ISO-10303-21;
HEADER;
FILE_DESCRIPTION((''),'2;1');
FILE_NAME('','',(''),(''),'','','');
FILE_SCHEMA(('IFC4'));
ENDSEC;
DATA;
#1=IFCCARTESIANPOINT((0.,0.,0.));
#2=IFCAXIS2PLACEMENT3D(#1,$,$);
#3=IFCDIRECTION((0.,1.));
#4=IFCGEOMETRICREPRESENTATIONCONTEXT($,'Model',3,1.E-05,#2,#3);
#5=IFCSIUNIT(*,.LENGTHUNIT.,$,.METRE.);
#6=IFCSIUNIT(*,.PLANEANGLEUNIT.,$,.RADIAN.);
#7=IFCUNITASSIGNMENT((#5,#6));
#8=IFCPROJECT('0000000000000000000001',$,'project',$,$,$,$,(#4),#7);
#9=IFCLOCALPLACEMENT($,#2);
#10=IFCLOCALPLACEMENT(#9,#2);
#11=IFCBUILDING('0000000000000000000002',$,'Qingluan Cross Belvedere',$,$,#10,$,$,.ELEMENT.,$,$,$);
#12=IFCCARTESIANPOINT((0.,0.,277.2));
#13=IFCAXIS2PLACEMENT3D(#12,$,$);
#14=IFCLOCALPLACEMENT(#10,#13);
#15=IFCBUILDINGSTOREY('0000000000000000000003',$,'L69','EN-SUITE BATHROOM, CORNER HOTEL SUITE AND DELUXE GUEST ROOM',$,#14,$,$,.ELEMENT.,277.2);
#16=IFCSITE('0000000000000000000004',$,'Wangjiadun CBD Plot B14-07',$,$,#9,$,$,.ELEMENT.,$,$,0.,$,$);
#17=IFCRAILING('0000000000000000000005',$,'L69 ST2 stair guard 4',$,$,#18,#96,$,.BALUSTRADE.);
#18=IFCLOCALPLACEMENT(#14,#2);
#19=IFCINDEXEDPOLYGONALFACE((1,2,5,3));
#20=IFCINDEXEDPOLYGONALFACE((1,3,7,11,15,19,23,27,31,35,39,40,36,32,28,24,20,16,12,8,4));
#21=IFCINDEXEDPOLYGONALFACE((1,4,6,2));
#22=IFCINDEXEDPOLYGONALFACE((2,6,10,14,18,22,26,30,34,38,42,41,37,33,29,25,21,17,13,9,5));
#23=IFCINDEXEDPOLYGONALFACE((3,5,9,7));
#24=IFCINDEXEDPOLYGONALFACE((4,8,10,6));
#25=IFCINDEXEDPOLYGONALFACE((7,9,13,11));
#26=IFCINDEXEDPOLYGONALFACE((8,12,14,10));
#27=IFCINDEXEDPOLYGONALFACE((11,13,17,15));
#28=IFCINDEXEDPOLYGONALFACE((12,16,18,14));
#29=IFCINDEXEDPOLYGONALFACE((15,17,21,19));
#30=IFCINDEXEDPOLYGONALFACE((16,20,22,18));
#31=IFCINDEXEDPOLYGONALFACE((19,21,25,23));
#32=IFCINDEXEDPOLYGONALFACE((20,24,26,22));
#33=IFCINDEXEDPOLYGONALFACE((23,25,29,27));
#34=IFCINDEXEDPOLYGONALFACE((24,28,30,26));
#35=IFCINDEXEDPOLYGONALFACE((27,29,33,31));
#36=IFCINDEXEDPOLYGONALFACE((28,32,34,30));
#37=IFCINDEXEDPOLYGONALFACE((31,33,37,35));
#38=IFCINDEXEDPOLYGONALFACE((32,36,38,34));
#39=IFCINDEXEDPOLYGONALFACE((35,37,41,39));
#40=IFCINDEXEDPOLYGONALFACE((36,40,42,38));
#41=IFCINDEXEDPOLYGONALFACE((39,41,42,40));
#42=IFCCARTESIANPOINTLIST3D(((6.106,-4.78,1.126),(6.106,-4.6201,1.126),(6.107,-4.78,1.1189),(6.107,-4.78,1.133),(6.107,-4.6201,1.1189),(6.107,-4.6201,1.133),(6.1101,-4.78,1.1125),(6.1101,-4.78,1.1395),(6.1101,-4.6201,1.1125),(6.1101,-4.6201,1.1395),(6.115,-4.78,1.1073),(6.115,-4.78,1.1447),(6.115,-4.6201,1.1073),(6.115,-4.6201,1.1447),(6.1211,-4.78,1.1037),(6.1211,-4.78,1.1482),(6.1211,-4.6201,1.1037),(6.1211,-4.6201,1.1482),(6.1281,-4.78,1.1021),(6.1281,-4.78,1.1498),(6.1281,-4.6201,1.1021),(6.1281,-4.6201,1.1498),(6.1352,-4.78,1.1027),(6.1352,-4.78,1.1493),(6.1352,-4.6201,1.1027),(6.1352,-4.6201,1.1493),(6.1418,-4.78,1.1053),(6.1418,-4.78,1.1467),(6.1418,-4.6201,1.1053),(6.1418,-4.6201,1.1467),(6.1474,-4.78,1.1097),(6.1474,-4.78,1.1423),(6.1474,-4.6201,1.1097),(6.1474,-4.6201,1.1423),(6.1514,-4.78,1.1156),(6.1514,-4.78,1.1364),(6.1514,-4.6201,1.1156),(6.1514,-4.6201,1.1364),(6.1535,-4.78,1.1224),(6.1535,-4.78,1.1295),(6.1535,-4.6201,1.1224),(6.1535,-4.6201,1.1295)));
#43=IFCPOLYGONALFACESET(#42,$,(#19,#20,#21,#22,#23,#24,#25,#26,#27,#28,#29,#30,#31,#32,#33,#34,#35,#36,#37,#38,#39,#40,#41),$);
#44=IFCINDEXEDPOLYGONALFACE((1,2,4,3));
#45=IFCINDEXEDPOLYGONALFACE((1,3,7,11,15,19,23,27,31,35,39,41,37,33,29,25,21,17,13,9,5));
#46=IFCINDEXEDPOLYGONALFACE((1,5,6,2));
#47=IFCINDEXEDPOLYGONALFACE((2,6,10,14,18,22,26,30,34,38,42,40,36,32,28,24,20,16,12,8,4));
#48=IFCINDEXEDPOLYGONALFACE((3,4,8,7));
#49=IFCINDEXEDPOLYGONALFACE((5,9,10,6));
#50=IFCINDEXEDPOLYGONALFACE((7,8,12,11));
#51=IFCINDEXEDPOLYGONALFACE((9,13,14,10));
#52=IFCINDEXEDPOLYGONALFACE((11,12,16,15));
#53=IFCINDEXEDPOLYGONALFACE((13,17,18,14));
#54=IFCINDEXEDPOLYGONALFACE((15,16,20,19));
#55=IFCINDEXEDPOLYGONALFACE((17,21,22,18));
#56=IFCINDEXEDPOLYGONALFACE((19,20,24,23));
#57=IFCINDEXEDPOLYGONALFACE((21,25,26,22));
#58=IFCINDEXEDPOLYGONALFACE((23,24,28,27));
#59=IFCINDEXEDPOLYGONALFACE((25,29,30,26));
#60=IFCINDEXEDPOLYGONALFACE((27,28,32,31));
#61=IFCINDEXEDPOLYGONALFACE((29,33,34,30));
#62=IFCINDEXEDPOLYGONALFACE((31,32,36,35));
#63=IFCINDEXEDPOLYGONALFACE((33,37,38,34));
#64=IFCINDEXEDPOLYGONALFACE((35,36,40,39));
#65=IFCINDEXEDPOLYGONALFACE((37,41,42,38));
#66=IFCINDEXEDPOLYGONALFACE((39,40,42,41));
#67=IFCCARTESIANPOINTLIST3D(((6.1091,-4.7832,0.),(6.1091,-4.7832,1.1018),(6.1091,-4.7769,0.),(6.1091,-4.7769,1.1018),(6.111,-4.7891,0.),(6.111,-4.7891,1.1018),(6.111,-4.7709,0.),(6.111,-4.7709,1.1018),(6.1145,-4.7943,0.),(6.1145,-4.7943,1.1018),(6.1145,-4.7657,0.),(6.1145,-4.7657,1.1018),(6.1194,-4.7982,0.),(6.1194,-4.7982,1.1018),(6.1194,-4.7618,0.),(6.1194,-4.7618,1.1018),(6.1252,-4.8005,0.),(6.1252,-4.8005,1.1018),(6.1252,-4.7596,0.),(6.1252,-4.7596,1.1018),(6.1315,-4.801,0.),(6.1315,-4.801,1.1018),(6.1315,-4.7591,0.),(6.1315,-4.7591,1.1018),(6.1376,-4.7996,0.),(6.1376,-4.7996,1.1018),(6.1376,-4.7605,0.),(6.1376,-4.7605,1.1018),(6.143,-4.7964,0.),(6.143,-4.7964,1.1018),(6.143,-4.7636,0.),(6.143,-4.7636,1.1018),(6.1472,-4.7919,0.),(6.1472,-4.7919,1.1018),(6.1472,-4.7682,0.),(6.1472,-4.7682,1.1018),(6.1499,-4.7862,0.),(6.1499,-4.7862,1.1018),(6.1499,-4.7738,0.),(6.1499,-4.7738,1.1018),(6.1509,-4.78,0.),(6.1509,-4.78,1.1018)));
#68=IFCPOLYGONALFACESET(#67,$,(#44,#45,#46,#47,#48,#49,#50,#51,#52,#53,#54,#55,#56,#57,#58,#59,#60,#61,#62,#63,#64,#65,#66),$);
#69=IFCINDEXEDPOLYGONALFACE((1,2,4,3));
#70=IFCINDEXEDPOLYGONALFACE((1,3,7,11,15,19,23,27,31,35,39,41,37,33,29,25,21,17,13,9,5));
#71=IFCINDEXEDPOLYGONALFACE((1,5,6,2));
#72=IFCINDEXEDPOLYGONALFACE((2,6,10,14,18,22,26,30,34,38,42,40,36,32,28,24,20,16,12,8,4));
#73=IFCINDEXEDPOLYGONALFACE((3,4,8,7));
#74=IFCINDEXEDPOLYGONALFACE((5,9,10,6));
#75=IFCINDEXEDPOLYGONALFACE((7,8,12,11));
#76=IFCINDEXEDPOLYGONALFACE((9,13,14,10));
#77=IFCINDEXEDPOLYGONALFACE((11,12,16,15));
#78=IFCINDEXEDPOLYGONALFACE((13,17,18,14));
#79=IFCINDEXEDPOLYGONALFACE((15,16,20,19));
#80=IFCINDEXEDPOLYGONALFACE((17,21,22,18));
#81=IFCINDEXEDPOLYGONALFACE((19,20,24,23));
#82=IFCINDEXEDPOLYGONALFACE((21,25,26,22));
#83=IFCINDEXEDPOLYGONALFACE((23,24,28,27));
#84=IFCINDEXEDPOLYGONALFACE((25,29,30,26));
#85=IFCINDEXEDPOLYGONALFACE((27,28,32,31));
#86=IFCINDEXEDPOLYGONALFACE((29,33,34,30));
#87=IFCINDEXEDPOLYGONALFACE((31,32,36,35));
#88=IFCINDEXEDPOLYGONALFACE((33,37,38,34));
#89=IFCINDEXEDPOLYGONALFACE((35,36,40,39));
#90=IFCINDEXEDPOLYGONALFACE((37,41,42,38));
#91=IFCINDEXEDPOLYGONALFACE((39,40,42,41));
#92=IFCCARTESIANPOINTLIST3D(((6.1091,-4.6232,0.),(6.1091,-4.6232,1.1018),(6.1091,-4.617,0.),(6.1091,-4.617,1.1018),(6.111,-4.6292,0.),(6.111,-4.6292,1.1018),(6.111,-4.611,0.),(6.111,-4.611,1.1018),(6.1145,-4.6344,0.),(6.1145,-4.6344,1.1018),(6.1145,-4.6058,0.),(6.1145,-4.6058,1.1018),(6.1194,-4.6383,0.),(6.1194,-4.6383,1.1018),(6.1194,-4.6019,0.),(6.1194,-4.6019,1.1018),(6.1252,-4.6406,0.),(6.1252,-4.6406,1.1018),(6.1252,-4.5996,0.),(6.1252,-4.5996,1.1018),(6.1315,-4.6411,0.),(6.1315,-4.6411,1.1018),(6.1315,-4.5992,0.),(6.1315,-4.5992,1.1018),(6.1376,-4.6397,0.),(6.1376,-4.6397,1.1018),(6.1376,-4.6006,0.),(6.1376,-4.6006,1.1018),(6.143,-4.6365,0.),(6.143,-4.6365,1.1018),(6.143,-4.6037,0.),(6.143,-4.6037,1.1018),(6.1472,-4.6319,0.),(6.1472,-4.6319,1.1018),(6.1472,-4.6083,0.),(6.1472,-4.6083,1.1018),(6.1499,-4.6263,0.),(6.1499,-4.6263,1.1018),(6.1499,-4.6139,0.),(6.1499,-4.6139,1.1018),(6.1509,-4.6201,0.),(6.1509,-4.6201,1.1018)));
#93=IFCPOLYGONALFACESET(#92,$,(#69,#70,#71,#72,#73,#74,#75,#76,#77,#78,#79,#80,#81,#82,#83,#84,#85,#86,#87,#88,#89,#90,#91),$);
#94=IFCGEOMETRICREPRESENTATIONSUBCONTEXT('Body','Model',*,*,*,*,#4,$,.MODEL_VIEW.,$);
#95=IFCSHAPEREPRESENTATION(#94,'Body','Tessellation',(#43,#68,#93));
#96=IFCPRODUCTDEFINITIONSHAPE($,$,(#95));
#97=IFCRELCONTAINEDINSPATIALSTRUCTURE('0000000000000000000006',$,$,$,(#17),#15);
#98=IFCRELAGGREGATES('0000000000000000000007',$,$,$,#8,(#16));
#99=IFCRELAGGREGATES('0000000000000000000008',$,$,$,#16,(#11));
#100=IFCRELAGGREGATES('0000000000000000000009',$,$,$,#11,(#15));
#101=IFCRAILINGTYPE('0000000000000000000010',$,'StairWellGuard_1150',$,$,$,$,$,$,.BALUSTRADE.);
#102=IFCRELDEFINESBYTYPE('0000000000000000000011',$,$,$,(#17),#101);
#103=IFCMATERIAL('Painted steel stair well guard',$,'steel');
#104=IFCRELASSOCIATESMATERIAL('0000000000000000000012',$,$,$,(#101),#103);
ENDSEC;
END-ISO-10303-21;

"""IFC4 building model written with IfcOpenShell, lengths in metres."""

from ifc_helpers import new_model, si_unit, direction, frame, origin, origin_2d, place, context, subcontext, project, spatial, circle, extrude, material, type_object, element, save


model = new_model("IFC4")

# Units and contexts
model_context = context("Model", 3, precision=1e-05, world=origin(), true_north=direction((0.0, 1.0)))
body_context = subcontext(model_context, "Body", "Model", "MODEL_VIEW")
ifc_project = project(units=[si_unit("LENGTHUNIT", "METRE"), si_unit("PLANEANGLEUNIT", "RADIAN")], contexts=[model_context])

# Site, building, storey
site_placement = place(None, origin())
site = spatial("IfcSite", under=ifc_project, at=site_placement, Name="Wangjiadun CBD Plot B14-07", CompositionType="ELEMENT", RefElevation=0.0)
building_placement = place(site_placement, origin())
building = spatial("IfcBuilding", under=site, at=building_placement, Name="Qingluan Cross Belvedere", CompositionType="ELEMENT")
storey_placement = place(building_placement, frame((0.0, 0.0, 277.2)))
storey = spatial("IfcBuildingStorey", under=building, at=storey_placement, Name="L69", Description="EN-SUITE BATHROOM, CORNER HOTEL SUITE AND DELUXE GUEST ROOM", CompositionType="ELEMENT", Elevation=277.2)

# Railing
ifc_material_1 = material(Name="Painted steel stair well guard", Category="steel")
railing_type_1 = type_object("IfcRailingType", Name="StairWellGuard_1150", PredefinedType="BALUSTRADE", material=ifc_material_1)
railing_1_placement = place(storey_placement, frame((6.1299, -4.78, 0.0)))
element("IfcRailing", 1, at=railing_1_placement, inside=storey, type_object=railing_type_1, Name="L69 ST2 stair guard 4", PredefinedType="BALUSTRADE", context=body_context, shape_type="SweptSolid", body=[
    extrude(circle(Radius=0.0239, at=origin_2d()), frame((0.0, 0.0, 1.126), z_axis=(0.0, 1.0, 0.0), x_axis=(-1.0, 0.0, 0.0)), (0.0, 0.0, 1.0), 0.1599),
    extrude(circle(Radius=0.021, at=origin_2d()), origin(), (0.0, 0.0, 1.0), 1.1018),
    extrude(circle(Radius=0.021, at=origin_2d()), frame((0.0, 0.1599, 0.0)), (0.0, 0.0, 1.0), 1.1018),
])

save(model, "model.ifc")
